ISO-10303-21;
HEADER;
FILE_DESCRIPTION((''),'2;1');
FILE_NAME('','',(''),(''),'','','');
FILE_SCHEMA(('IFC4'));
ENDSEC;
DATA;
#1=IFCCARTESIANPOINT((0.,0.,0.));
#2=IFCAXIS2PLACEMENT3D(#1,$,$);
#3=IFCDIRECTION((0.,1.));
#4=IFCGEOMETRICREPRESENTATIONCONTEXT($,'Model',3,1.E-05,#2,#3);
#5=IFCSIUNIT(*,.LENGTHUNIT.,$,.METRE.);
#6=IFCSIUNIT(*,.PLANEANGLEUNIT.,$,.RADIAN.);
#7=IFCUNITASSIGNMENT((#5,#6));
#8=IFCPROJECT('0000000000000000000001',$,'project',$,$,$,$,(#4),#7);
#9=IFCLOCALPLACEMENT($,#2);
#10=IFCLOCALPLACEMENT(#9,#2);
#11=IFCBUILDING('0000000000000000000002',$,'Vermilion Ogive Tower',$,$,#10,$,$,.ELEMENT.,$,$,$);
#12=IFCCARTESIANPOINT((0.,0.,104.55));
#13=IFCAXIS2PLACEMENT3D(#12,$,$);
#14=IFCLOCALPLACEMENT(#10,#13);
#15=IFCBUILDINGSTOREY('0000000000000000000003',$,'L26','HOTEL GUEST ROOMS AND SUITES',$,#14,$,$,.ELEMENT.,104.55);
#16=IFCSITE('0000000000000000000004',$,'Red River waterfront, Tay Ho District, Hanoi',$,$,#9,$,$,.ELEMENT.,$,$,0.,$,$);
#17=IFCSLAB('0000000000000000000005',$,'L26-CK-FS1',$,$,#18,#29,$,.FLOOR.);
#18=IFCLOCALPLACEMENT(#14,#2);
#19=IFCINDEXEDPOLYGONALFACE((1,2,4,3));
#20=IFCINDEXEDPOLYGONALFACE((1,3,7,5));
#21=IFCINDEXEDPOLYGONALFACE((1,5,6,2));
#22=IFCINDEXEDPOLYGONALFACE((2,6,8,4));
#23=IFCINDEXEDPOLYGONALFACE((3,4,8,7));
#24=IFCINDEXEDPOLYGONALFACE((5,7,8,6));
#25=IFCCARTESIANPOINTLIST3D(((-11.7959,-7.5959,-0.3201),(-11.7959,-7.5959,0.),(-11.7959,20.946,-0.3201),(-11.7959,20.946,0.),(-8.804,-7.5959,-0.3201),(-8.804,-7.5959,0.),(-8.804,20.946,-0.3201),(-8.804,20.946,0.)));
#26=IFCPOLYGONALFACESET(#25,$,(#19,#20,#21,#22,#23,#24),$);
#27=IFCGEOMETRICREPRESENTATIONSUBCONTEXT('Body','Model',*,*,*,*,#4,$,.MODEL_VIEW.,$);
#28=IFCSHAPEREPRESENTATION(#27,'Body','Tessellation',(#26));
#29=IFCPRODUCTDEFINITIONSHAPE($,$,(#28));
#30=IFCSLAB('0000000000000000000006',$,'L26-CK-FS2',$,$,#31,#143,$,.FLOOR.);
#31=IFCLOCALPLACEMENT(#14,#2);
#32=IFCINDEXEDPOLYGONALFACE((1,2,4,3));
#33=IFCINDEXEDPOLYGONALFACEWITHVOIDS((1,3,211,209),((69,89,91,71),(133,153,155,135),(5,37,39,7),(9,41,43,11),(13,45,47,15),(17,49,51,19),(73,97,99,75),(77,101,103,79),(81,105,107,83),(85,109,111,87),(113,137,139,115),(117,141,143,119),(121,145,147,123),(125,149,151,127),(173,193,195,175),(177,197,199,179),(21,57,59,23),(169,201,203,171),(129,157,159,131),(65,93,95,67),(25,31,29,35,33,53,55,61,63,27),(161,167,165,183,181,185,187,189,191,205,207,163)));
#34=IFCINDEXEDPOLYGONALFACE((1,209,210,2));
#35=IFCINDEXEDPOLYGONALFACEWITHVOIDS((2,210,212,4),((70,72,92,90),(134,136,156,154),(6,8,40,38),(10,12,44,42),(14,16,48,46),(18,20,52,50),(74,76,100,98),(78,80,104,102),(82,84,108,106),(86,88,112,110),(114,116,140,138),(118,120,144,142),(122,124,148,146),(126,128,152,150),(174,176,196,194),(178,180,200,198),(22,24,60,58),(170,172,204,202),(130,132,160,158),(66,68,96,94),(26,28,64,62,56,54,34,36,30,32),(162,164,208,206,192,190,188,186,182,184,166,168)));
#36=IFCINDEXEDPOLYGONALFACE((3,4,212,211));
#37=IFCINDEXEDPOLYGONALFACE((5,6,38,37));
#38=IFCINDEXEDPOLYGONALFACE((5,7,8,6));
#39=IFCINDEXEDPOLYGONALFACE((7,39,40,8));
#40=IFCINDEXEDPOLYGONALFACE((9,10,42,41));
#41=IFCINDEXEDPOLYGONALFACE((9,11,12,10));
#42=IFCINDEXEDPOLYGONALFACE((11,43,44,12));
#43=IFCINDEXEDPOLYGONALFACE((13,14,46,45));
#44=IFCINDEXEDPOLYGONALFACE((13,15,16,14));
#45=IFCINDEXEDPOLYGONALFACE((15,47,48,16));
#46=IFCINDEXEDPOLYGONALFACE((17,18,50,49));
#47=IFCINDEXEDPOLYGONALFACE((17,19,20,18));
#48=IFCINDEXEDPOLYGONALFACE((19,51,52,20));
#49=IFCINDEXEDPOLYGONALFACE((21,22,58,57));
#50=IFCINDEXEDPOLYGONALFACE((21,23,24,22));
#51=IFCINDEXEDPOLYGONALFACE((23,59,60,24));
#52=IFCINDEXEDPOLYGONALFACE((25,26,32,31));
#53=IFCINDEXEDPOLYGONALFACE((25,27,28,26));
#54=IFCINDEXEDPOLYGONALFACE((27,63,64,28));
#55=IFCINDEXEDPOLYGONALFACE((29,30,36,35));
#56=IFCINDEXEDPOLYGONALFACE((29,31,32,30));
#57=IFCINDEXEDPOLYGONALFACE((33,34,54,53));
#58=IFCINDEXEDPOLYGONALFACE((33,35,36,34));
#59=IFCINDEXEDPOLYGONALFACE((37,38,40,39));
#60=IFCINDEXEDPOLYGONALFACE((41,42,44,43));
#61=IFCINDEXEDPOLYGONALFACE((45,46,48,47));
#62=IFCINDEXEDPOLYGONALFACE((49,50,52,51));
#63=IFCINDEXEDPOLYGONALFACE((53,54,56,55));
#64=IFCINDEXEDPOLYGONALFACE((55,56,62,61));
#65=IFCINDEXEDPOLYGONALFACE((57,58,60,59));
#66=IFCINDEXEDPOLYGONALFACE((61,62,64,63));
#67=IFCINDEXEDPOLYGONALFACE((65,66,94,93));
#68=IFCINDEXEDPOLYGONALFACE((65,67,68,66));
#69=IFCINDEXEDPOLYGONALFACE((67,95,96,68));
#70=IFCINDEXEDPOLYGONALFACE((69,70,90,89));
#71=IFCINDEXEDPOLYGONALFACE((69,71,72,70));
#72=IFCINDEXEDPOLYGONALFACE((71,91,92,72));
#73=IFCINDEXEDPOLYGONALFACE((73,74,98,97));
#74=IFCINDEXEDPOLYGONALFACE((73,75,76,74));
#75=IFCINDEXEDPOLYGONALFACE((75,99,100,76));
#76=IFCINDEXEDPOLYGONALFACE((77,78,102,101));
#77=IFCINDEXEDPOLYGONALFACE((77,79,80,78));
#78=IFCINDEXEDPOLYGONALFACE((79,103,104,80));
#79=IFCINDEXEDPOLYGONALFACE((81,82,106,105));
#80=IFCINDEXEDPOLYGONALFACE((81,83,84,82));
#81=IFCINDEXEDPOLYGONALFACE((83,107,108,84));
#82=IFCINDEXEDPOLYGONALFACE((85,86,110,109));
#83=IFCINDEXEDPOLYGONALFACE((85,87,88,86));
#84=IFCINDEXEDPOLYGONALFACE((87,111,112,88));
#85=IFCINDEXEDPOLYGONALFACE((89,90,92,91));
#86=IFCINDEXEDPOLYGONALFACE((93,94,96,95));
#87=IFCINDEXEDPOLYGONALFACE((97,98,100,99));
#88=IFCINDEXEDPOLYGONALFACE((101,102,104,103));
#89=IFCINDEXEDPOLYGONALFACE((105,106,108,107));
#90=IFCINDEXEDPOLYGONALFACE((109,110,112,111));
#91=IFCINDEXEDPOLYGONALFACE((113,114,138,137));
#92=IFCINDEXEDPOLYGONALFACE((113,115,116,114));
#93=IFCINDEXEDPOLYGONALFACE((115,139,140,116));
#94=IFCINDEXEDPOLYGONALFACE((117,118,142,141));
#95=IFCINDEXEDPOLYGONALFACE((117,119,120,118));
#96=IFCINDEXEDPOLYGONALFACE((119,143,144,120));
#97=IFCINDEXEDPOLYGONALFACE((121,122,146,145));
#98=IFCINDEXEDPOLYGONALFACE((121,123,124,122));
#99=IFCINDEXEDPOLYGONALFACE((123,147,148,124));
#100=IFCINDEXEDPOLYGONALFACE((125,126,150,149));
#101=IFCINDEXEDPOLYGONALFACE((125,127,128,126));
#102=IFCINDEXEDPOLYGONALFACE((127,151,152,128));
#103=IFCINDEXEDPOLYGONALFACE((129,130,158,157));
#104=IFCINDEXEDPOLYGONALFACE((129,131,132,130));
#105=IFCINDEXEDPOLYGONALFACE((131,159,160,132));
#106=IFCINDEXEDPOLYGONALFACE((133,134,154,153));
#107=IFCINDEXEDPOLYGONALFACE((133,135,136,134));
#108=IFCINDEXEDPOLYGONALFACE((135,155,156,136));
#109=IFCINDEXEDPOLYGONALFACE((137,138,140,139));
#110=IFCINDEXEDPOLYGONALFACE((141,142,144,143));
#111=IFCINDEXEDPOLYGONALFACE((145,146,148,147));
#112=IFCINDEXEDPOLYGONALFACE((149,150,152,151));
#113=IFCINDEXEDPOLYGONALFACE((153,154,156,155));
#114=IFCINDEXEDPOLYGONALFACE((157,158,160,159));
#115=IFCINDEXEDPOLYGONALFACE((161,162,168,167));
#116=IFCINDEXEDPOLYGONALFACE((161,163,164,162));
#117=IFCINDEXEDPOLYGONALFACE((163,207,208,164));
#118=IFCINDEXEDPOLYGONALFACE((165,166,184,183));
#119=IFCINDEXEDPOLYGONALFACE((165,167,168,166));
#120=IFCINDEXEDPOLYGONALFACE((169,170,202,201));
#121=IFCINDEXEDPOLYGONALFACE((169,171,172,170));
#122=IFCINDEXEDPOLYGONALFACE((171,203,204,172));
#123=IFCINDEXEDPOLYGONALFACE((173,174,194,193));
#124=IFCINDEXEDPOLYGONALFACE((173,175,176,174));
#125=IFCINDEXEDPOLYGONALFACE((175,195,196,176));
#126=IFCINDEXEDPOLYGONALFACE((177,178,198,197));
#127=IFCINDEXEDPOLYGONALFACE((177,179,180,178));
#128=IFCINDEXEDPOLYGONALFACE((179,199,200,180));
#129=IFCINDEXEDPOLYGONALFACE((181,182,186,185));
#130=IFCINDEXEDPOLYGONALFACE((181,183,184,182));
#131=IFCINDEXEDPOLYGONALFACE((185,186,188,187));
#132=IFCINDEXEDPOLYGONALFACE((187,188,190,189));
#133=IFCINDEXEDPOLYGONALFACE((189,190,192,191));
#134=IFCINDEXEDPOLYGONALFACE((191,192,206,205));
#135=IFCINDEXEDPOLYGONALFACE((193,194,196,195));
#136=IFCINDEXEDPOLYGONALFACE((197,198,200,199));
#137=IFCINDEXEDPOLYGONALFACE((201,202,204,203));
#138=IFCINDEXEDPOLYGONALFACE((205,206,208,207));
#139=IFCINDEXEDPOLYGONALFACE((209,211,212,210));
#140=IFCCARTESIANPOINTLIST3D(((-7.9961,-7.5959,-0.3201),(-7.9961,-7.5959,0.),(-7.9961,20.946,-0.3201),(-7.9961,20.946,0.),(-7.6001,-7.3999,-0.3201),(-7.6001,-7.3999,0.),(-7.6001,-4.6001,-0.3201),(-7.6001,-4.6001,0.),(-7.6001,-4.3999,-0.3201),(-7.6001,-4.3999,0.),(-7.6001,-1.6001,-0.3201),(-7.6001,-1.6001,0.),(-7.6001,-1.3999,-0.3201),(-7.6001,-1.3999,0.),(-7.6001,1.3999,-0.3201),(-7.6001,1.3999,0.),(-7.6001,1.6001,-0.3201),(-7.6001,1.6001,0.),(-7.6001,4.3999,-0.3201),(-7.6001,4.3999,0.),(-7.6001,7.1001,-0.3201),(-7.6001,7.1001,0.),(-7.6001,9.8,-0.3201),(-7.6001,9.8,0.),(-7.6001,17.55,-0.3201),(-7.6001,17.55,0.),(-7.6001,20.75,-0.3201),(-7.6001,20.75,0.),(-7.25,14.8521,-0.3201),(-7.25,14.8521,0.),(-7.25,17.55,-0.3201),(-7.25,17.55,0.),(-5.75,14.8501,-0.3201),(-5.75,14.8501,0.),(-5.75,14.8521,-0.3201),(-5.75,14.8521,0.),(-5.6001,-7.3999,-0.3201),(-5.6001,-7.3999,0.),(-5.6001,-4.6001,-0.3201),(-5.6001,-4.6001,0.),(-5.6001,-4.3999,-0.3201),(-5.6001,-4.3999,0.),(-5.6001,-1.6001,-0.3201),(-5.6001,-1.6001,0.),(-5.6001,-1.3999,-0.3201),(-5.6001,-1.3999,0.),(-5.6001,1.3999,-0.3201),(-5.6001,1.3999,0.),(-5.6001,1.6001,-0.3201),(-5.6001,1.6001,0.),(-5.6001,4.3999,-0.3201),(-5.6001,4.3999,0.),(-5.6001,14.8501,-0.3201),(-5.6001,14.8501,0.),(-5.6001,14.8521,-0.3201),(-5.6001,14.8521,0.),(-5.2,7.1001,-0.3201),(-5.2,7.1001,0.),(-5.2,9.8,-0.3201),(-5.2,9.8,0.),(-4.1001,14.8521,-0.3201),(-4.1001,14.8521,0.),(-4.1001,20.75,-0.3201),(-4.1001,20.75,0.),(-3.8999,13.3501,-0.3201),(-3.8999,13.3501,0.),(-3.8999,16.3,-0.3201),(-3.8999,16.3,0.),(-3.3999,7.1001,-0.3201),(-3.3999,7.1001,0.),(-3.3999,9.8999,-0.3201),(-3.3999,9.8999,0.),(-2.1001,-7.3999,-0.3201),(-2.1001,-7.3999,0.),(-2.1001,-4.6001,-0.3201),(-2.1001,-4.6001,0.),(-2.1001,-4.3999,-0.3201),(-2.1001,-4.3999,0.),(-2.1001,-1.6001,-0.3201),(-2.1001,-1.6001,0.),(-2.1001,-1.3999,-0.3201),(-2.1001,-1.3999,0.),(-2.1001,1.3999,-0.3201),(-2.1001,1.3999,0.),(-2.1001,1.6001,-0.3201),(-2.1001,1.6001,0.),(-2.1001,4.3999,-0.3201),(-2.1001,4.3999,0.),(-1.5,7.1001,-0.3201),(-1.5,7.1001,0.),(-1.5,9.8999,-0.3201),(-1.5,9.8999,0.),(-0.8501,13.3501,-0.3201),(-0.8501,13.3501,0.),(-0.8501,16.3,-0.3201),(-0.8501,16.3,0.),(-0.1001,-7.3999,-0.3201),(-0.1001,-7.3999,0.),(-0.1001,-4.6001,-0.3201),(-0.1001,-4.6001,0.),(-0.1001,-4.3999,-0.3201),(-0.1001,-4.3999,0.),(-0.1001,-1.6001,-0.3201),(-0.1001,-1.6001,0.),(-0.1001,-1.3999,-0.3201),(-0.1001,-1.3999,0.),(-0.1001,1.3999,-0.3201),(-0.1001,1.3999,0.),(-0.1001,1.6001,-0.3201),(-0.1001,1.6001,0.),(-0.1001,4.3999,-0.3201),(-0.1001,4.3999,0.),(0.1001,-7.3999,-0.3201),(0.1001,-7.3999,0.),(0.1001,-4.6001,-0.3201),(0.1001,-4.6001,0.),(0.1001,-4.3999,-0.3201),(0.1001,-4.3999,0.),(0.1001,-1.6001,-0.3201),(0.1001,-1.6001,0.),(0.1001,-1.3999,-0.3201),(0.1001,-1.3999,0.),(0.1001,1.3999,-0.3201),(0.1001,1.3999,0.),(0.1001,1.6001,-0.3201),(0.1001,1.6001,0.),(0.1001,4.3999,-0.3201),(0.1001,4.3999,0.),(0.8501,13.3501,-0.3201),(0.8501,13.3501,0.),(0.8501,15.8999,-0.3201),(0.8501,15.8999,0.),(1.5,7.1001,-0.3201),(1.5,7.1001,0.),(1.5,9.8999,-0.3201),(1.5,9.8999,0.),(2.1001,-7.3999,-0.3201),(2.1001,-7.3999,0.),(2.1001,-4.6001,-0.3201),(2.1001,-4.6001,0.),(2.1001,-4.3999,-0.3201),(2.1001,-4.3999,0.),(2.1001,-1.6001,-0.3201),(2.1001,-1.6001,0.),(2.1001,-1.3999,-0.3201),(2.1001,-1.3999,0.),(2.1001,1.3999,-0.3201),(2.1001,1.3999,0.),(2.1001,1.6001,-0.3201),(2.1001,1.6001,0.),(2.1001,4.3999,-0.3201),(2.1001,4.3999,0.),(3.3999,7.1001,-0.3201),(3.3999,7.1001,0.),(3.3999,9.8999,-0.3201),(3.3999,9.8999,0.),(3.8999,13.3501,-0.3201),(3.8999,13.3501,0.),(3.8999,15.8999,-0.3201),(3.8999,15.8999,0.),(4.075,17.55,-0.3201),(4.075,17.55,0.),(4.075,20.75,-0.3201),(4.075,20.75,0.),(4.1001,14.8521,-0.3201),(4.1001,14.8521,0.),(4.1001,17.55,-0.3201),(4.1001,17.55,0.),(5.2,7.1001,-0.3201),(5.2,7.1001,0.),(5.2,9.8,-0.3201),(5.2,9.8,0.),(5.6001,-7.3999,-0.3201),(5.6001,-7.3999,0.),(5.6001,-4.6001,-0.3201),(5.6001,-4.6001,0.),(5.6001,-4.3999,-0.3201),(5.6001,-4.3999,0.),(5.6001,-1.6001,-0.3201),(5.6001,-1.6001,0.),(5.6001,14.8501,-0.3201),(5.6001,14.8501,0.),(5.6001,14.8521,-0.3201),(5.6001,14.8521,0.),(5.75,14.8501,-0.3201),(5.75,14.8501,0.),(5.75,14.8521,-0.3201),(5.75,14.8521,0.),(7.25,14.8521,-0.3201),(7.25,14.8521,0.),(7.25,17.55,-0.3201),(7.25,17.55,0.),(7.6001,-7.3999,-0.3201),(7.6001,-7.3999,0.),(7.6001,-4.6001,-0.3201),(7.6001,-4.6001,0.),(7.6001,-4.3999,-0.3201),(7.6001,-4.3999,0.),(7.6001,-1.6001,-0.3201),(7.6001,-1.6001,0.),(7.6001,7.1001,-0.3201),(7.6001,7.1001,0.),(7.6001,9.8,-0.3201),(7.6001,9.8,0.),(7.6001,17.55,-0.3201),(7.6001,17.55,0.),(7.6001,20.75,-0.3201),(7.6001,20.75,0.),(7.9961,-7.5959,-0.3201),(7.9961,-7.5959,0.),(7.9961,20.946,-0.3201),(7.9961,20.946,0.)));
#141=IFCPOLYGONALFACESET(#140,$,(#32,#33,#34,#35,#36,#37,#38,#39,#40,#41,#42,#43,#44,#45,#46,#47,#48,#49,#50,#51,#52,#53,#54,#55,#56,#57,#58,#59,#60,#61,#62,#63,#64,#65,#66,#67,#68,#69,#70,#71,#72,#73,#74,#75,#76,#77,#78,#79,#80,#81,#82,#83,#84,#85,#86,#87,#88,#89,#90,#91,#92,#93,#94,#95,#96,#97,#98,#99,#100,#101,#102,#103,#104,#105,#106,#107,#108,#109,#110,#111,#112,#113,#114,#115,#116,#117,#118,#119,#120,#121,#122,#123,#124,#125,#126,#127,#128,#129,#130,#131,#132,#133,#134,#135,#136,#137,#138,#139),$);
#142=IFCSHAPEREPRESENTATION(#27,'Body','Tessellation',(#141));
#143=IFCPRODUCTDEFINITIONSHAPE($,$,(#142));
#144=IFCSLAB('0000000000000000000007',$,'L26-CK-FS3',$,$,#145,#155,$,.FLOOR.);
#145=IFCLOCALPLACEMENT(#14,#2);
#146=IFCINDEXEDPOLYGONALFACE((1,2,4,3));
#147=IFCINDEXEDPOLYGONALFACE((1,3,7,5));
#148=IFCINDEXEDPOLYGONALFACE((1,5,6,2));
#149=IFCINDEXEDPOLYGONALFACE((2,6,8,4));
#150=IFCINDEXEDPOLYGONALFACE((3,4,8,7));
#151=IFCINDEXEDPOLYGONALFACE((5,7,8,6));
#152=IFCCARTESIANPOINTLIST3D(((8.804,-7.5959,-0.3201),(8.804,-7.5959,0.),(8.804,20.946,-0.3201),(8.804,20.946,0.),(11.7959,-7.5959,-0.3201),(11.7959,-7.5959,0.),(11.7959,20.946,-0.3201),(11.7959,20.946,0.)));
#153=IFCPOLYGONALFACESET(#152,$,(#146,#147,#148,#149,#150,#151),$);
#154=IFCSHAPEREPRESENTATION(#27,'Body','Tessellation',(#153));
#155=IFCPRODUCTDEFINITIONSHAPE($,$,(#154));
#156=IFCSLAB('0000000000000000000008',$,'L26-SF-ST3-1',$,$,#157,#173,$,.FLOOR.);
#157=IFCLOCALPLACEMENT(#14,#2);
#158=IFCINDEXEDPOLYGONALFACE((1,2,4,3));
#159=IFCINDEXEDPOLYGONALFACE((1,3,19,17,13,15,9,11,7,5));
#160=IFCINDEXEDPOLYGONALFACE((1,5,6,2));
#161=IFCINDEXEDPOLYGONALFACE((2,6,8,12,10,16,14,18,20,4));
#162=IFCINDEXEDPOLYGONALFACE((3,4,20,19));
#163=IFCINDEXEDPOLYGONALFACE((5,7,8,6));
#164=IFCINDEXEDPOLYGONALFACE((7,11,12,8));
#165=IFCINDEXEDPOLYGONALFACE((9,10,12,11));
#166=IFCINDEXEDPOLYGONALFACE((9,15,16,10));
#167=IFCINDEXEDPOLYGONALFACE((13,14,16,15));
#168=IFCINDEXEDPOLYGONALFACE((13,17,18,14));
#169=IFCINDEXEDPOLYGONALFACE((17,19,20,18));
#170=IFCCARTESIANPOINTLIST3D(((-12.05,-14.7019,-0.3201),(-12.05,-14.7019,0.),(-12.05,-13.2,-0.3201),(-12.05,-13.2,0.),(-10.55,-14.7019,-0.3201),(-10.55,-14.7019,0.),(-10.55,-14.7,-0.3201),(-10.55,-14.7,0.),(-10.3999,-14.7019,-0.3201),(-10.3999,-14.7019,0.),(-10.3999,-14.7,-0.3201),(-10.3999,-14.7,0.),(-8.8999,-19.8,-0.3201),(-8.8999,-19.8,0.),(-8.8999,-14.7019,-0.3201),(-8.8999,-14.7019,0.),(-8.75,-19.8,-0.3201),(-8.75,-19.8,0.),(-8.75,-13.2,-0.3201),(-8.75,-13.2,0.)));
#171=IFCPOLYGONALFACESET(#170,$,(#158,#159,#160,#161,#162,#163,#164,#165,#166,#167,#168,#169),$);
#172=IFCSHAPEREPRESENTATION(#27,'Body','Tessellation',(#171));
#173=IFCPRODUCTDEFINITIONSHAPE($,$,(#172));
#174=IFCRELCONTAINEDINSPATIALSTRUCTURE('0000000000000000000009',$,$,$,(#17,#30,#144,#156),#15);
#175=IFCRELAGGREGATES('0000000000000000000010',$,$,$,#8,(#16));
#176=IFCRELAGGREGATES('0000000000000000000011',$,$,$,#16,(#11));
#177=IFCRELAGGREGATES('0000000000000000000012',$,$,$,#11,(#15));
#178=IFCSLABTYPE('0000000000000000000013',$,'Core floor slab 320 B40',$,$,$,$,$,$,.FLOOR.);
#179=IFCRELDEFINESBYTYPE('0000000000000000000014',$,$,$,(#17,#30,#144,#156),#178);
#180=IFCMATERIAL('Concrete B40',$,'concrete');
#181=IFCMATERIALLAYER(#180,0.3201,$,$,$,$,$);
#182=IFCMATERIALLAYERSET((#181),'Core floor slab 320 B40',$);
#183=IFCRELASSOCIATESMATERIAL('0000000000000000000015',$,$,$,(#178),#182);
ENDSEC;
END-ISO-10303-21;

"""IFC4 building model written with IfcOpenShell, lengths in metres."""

from ifc_helpers import new_model, si_unit, direction, frame, origin, place, context, subcontext, project, spatial, polyline, outline, extrude, material, layer, layer_set, type_object, element, save


model = new_model("IFC4")

# Units and contexts
model_context = context("Model", 3, precision=1e-05, world=origin(), true_north=direction((0.0, 1.0)))
body_context = subcontext(model_context, "Body", "Model", "MODEL_VIEW")
ifc_project = project(units=[si_unit("LENGTHUNIT", "METRE"), si_unit("PLANEANGLEUNIT", "RADIAN")], contexts=[model_context])

# Site, building, storey
site_placement = place(None, origin())
site = spatial("IfcSite", under=ifc_project, at=site_placement, Name="Red River waterfront, Tay Ho District, Hanoi", CompositionType="ELEMENT", RefElevation=0.0)
building_placement = place(site_placement, origin())
building = spatial("IfcBuilding", under=site, at=building_placement, Name="Vermilion Ogive Tower", CompositionType="ELEMENT")
storey_placement = place(building_placement, frame((0.0, 0.0, 104.55)))
storey = spatial("IfcBuildingStorey", under=building, at=storey_placement, Name="L26", Description="HOTEL GUEST ROOMS AND SUITES", CompositionType="ELEMENT", Elevation=104.55)

# Slabs
ifc_material_1 = material(Name="Concrete B40", Category="concrete")
ifc_layer_1 = layer(ifc_material_1, 0.3201)
ifc_layer_set_1 = layer_set([ifc_layer_1], Name="Core floor slab 320 B40")
slab_type_1 = type_object("IfcSlabType", Name="Core floor slab 320 B40", PredefinedType="FLOOR", material=ifc_layer_set_1)
slab_1_placement = place(storey_placement, frame((0.0, 0.0, -0.3201)))
element("IfcSlab", 1, at=slab_1_placement, inside=storey, type_object=slab_type_1, Name="L26-CK-FS1", PredefinedType="FLOOR", context=body_context, shape_type="SweptSolid", body=[
    extrude(outline(polyline([(-8.804, 20.946), (-8.804, -7.5959), (-11.7959, -7.5959), (-11.7959, 20.946), (-8.804, 20.946)])), origin(), (0.0, 0.0, 1.0), 0.3201),
])
slab_2_placement = place(storey_placement, frame((0.0, 0.0, -0.3201)))
element("IfcSlab", 2, at=slab_2_placement, inside=storey, type_object=slab_type_1, Name="L26-CK-FS2", PredefinedType="FLOOR", context=body_context, shape_type="SweptSolid", body=[
    extrude(outline(polyline([(-7.9961, 20.946), (-7.9961, -7.5959), (7.9961, -7.5959), (7.9961, 20.946), (-7.9961, 20.946)]), holes=[polyline([(-7.6001, -4.6001), (-5.6001, -4.6001), (-5.6001, -7.3999), (-7.6001, -7.3999), (-7.6001, -4.6001)]), polyline([(-2.1001, -4.6001), (-0.1001, -4.6001), (-0.1001, -7.3999), (-2.1001, -7.3999), (-2.1001, -4.6001)]), polyline([(-7.6001, -4.3999), (-7.6001, -1.6001), (-5.6001, -1.6001), (-5.6001, -4.3999), (-7.6001, -4.3999)]), polyline([(-2.1001, -1.6001), (-0.1001, -1.6001), (-0.1001, -4.3999), (-2.1001, -4.3999), (-2.1001, -1.6001)]), polyline([(-7.6001, -1.3999), (-7.6001, 1.3999), (-5.6001, 1.3999), (-5.6001, -1.3999), (-7.6001, -1.3999)]), polyline([(-2.1001, 1.3999), (-0.1001, 1.3999), (-0.1001, -1.3999), (-2.1001, -1.3999), (-2.1001, 1.3999)]), polyline([(-7.6001, 4.3999), (-5.6001, 4.3999), (-5.6001, 1.6001), (-7.6001, 1.6001), (-7.6001, 4.3999)]), polyline([(-2.1001, 4.3999), (-0.1001, 4.3999), (-0.1001, 1.6001), (-2.1001, 1.6001), (-2.1001, 4.3999)]), polyline([(-7.6001, 9.8), (-5.2, 9.8), (-5.2, 7.1001), (-7.6001, 7.1001), (-7.6001, 9.8)]), polyline([(-3.3999, 9.8999), (-1.5, 9.8999), (-1.5, 7.1001), (-3.3999, 7.1001), (-3.3999, 9.8999)]), polyline([(-3.8999, 16.3), (-0.8501, 16.3), (-0.8501, 13.3501), (-3.8999, 13.3501), (-3.8999, 16.3)]), polyline([(-7.6001, 17.55), (-7.6001, 20.75), (-4.1001, 20.75), (-4.1001, 14.8521), (-5.6001, 14.8521), (-5.6001, 14.8501), (-5.75, 14.8501), (-5.75, 14.8521), (-7.25, 14.8521), (-7.25, 17.55), (-7.6001, 17.55)]), polyline([(0.1001, -4.6001), (2.1001, -4.6001), (2.1001, -7.3999), (0.1001, -7.3999), (0.1001, -4.6001)]), polyline([(5.6001, -4.6001), (7.6001, -4.6001), (7.6001, -7.3999), (5.6001, -7.3999), (5.6001, -4.6001)]), polyline([(0.1001, -1.6001), (2.1001, -1.6001), (2.1001, -4.3999), (0.1001, -4.3999), (0.1001, -1.6001)]), polyline([(5.6001, -1.6001), (7.6001, -1.6001), (7.6001, -4.3999), (5.6001, -4.3999), (5.6001, -1.6001)]), polyline([(0.1001, 1.3999), (2.1001, 1.3999), (2.1001, -1.3999), (0.1001, -1.3999), (0.1001, 1.3999)]), polyline([(0.1001, 4.3999), (2.1001, 4.3999), (2.1001, 1.6001), (0.1001, 1.6001), (0.1001, 4.3999)]), polyline([(5.2, 9.8), (7.6001, 9.8), (7.6001, 7.1001), (5.2, 7.1001), (5.2, 9.8)]), polyline([(1.5, 9.8999), (3.3999, 9.8999), (3.3999, 7.1001), (1.5, 7.1001), (1.5, 9.8999)]), polyline([(0.8501, 15.8999), (3.8999, 15.8999), (3.8999, 13.3501), (0.8501, 13.3501), (0.8501, 15.8999)]), polyline([(5.75, 14.8501), (5.6001, 14.8501), (5.6001, 14.8521), (4.1001, 14.8521), (4.1001, 17.55), (4.075, 17.55), (4.075, 20.75), (7.6001, 20.75), (7.6001, 17.55), (7.25, 17.55), (7.25, 14.8521), (5.75, 14.8521), (5.75, 14.8501)])]), origin(), (0.0, 0.0, 1.0), 0.3201),
])
slab_3_placement = place(storey_placement, frame((0.0, 0.0, -0.3201)))
element("IfcSlab", 3, at=slab_3_placement, inside=storey, type_object=slab_type_1, Name="L26-CK-FS3", PredefinedType="FLOOR", context=body_context, shape_type="SweptSolid", body=[
    extrude(outline(polyline([(11.7959, -7.5959), (8.804, -7.5959), (8.804, 20.946), (11.7959, 20.946), (11.7959, -7.5959)])), origin(), (0.0, 0.0, 1.0), 0.3201),
])
slab_4_placement = place(storey_placement, frame((0.0, 0.0, -0.3201)))
element("IfcSlab", 4, at=slab_4_placement, inside=storey, type_object=slab_type_1, Name="L26-SF-ST3-1", PredefinedType="FLOOR", context=body_context, shape_type="SweptSolid", body=[
    extrude(outline(polyline([(-12.05, -13.2), (-12.05, -14.7019), (-10.55, -14.7019), (-10.55, -14.7), (-10.3999, -14.7), (-10.3999, -14.7019), (-8.8999, -14.7019), (-8.8999, -19.8), (-8.75, -19.8), (-8.75, -13.2), (-12.05, -13.2)])), origin(), (0.0, 0.0, 1.0), 0.3201),
])

save(model, "model.ifc")
